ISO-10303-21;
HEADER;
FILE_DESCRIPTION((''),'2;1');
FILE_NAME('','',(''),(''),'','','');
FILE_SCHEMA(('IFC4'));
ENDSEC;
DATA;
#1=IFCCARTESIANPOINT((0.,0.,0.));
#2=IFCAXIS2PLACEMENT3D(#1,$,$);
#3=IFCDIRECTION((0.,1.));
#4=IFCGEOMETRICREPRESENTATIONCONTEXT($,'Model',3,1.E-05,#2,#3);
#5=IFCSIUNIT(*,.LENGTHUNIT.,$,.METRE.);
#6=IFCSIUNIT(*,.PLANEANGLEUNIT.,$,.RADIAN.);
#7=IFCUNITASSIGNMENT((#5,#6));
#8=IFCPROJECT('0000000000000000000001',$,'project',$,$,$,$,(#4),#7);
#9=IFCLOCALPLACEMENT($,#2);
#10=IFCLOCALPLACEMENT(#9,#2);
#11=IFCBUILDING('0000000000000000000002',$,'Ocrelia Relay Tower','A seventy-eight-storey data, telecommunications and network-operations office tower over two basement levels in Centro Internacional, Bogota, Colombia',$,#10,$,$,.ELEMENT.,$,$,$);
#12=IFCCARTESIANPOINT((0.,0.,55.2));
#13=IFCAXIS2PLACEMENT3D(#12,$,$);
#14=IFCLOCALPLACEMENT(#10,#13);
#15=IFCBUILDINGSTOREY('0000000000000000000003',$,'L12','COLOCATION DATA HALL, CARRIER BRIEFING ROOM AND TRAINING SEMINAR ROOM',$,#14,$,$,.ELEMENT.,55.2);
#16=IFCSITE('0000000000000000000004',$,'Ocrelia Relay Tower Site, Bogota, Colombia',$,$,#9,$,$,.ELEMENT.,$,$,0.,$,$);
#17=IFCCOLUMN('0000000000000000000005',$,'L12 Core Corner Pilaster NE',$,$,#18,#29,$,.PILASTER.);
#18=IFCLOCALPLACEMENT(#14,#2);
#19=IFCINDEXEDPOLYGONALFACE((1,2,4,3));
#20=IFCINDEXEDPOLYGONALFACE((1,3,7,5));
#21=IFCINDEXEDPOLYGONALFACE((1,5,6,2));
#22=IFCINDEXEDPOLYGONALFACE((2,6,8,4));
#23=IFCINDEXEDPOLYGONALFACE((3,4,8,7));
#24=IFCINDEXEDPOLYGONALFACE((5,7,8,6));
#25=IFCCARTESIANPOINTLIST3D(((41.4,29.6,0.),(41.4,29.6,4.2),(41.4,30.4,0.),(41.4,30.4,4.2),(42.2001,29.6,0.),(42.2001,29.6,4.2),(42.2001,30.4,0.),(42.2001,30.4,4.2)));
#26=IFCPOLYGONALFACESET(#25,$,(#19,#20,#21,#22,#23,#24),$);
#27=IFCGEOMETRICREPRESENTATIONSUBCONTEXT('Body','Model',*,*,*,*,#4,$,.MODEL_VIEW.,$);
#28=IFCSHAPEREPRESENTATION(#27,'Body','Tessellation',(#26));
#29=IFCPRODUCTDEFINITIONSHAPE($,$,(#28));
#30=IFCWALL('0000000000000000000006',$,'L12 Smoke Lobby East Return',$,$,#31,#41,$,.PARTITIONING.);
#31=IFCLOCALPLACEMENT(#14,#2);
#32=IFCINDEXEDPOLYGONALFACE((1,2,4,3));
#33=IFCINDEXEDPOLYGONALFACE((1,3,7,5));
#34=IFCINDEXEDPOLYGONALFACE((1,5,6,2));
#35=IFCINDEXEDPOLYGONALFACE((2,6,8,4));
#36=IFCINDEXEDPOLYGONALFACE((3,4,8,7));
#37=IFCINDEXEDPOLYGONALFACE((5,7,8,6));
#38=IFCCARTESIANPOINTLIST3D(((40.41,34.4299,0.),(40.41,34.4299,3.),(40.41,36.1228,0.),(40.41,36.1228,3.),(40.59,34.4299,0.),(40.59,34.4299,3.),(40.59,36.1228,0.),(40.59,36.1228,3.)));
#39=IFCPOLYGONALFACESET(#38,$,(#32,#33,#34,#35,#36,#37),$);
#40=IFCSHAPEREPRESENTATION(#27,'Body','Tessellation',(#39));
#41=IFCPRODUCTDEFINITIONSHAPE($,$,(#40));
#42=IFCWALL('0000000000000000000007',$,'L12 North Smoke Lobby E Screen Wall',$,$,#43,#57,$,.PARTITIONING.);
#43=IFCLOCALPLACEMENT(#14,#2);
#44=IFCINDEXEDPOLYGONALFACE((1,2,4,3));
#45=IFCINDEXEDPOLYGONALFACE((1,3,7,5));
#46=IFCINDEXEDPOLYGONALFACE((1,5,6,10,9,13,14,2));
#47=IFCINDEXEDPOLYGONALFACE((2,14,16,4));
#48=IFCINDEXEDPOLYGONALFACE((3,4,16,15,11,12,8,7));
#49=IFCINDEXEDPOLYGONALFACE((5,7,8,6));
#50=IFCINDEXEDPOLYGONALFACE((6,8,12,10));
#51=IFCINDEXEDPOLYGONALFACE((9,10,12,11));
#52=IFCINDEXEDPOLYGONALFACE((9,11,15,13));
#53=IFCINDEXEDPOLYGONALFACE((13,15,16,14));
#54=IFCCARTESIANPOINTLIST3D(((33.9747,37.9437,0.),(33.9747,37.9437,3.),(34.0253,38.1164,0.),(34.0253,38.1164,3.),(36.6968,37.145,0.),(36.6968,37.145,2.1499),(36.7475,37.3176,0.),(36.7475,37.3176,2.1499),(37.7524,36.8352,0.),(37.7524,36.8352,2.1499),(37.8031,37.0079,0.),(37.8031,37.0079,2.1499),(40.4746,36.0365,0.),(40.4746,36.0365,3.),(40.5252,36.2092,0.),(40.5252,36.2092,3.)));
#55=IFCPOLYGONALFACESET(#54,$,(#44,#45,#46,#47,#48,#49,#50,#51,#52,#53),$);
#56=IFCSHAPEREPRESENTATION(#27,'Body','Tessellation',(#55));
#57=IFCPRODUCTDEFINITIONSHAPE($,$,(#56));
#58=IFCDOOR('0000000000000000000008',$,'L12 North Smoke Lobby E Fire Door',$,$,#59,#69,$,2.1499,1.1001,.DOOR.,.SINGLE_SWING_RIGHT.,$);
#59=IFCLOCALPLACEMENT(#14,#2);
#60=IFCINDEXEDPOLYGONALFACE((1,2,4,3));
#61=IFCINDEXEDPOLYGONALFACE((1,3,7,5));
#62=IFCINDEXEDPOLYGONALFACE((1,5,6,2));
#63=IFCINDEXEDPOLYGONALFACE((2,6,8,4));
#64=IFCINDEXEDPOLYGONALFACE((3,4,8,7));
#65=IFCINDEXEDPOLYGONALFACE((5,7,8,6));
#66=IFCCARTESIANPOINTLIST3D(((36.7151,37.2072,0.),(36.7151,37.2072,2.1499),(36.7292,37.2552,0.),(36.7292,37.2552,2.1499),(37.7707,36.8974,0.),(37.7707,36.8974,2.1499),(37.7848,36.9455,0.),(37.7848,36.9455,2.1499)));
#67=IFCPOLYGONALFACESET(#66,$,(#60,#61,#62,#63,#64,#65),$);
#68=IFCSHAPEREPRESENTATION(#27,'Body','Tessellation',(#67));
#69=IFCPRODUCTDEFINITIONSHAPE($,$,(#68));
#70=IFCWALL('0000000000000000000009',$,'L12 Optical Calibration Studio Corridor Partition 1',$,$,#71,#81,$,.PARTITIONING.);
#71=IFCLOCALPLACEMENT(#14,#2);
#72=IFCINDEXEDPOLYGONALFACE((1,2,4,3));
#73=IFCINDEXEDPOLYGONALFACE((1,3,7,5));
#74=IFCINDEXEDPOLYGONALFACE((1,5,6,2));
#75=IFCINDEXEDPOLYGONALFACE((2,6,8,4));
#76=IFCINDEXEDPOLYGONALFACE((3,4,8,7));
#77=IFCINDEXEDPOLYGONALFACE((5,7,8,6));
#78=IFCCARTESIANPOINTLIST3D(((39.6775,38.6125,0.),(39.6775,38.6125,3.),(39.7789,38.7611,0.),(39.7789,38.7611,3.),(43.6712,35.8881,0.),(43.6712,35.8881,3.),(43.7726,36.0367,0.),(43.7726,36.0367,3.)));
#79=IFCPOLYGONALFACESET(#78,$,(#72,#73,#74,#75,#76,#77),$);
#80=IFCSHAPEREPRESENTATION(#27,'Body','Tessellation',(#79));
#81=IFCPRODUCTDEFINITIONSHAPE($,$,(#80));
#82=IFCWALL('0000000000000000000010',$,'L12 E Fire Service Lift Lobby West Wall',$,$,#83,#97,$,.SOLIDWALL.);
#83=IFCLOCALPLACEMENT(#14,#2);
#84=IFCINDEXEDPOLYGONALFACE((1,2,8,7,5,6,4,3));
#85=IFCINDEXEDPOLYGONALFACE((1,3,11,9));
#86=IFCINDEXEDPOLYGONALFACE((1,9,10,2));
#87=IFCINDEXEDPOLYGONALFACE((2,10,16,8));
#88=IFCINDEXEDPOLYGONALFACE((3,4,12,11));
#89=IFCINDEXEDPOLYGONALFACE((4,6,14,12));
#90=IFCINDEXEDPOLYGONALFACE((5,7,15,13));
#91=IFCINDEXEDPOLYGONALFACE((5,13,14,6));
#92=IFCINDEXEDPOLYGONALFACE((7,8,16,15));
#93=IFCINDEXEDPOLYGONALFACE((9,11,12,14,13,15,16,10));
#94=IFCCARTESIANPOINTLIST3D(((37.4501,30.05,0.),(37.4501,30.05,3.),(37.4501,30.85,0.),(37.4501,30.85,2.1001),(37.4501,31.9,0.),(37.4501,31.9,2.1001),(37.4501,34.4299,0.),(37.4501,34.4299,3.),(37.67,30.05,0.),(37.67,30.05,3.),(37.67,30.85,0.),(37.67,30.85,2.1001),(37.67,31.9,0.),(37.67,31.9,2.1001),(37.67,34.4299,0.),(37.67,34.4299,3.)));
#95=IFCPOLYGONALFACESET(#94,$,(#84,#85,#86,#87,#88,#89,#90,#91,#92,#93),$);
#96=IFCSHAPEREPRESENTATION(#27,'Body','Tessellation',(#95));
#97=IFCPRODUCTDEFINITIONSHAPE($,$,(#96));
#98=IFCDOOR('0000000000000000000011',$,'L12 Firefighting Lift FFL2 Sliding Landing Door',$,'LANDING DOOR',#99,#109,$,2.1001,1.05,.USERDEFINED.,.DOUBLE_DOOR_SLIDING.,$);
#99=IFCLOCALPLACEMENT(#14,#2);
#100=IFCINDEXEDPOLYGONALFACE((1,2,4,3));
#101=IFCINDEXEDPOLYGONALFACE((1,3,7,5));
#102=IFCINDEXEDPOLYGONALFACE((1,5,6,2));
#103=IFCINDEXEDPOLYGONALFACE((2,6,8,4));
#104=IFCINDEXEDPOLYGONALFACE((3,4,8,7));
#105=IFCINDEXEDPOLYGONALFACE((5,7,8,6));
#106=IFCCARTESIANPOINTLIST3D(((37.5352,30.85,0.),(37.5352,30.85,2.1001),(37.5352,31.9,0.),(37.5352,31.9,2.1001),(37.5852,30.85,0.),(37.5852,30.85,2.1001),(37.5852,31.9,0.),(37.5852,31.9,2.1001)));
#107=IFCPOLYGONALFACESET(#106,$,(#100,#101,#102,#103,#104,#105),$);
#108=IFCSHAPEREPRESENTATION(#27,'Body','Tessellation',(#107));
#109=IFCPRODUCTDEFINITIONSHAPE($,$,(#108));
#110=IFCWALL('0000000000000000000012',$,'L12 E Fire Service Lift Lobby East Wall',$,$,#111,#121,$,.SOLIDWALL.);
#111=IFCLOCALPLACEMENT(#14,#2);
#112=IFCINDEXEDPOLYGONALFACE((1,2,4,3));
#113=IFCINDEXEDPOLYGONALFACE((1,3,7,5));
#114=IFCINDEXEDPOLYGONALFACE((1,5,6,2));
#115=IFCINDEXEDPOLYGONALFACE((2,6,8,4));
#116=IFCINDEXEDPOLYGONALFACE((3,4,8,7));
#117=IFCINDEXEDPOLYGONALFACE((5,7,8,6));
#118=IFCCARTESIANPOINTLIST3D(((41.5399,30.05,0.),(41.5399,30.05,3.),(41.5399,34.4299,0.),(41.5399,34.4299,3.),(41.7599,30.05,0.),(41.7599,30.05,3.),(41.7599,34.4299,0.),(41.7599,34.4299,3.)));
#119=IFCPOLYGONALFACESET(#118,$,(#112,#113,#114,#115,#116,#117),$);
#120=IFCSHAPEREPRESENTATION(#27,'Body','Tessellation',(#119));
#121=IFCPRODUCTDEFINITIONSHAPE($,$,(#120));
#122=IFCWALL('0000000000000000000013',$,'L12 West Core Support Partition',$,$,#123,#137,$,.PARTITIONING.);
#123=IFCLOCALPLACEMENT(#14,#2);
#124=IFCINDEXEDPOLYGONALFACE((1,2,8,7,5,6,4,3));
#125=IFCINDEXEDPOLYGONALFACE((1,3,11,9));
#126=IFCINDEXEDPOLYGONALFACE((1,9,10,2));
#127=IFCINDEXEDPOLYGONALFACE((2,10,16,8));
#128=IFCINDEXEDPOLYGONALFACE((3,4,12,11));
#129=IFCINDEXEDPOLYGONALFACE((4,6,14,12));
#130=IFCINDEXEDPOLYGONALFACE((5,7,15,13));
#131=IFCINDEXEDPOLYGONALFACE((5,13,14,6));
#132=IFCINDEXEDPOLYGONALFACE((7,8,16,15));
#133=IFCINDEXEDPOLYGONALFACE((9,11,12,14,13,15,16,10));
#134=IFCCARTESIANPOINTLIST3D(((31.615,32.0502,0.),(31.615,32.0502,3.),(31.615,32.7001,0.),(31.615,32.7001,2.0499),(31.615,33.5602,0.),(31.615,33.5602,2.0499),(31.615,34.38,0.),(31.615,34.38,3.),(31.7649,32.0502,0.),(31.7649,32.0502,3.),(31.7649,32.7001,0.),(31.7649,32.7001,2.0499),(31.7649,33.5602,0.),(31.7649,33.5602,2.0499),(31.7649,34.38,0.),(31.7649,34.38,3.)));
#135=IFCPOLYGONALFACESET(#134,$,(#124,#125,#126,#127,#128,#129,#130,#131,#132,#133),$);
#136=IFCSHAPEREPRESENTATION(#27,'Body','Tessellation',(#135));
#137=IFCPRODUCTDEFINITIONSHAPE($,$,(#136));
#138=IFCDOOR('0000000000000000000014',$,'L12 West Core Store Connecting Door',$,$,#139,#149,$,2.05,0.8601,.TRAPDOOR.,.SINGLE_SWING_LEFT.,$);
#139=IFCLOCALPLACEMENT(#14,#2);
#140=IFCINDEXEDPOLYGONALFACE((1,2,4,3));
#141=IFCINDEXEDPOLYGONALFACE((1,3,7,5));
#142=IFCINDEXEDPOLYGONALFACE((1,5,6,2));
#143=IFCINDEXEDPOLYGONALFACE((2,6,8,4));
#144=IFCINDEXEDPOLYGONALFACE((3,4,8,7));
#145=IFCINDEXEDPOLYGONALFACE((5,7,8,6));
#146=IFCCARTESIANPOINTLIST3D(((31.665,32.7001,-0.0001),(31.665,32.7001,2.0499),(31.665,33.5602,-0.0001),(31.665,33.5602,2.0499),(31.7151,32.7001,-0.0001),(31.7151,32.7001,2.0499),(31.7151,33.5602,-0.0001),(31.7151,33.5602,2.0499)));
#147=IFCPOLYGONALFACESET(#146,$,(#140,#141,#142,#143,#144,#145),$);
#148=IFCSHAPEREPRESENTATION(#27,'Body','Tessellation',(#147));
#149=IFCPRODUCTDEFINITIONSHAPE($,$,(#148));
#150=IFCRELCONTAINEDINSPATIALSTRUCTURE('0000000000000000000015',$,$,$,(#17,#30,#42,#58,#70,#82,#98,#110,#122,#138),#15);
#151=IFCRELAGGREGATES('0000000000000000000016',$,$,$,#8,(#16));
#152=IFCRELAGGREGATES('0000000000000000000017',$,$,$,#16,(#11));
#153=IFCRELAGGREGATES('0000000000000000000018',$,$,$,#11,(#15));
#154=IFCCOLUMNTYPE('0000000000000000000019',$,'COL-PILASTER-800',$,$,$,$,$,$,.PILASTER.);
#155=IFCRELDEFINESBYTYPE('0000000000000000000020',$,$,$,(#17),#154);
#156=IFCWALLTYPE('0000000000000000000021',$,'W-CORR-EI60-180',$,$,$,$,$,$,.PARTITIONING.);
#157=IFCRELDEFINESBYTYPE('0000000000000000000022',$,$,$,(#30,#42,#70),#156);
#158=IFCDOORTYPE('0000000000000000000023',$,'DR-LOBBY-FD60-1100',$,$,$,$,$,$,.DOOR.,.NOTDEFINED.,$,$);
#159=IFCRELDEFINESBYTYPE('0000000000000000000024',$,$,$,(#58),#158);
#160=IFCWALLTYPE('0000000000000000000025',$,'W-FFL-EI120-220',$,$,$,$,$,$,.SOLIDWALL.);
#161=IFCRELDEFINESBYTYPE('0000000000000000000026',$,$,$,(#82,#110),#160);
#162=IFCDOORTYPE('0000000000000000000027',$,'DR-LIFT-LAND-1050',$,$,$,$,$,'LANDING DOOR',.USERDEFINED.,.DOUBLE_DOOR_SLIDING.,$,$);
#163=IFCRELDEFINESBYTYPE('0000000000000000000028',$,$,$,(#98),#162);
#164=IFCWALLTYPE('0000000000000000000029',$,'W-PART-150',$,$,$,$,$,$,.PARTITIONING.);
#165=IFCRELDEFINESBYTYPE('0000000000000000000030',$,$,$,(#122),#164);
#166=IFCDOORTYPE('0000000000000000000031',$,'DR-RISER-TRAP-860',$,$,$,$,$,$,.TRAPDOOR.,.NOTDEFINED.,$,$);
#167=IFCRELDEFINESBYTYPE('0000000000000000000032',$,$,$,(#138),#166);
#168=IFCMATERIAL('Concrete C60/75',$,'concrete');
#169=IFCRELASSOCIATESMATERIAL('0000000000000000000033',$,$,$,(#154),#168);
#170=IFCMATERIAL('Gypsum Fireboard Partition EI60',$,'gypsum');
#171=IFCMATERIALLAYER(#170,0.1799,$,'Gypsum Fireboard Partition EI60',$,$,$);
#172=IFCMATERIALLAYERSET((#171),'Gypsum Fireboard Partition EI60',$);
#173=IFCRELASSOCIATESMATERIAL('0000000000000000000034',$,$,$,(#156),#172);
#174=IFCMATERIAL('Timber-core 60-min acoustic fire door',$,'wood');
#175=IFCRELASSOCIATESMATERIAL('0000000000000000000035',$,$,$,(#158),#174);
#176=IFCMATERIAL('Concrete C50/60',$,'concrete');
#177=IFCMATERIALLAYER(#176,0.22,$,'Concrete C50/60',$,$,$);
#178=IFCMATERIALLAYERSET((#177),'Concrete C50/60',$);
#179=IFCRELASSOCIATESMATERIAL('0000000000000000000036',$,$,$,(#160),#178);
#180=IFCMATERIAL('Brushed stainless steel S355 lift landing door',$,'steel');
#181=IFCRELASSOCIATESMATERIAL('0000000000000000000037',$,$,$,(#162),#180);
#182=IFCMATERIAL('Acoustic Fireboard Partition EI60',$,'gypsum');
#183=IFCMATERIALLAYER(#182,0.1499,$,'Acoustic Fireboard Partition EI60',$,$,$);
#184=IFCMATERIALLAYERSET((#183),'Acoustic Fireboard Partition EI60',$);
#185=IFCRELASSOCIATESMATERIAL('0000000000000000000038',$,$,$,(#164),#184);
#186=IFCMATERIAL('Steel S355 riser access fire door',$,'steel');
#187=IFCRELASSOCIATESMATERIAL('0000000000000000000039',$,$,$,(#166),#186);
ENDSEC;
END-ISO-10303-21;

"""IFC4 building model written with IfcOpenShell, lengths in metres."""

from ifc_helpers import new_model, si_unit, direction, frame, frame_2d, origin, origin_2d, place, context, subcontext, project, spatial, rectangle, extrude, material, layer, layer_set, material_profile, profile_set, type_object, element, fill, save


model = new_model("IFC4")

# Units and contexts
model_context = context("Model", 3, precision=1e-05, world=origin(), true_north=direction((0.0, 1.0)))
body_context = subcontext(model_context, "Body", "Model", "MODEL_VIEW")
ifc_project = project(units=[si_unit("LENGTHUNIT", "METRE"), si_unit("PLANEANGLEUNIT", "RADIAN")], contexts=[model_context])

# Site, building, storey
site_placement = place(None, origin())
site = spatial("IfcSite", under=ifc_project, at=site_placement, Name="Ocrelia Relay Tower Site, Bogota, Colombia", CompositionType="ELEMENT", RefElevation=0.0)
building_placement = place(site_placement, origin())
building = spatial("IfcBuilding", under=site, at=building_placement, Name="Ocrelia Relay Tower", Description="A seventy-eight-storey data, telecommunications and network-operations office tower over two basement levels in Centro Internacional, Bogota, Colombia", CompositionType="ELEMENT")
storey_placement = place(building_placement, frame((0.0, 0.0, 55.2)))
storey = spatial("IfcBuildingStorey", under=building, at=storey_placement, Name="L12", Description="COLOCATION DATA HALL, CARRIER BRIEFING ROOM AND TRAINING SEMINAR ROOM", CompositionType="ELEMENT", Elevation=55.2)

# Column
ifc_material_1 = material(Name="Concrete C60/75", Category="concrete")
ifc_material_profile = material_profile(ifc_material_1, rectangle(XDim=0.8, YDim=0.8, at=origin_2d()), Name="RC-COL-800x800")
ifc_profile_set = profile_set([ifc_material_profile], Name="Concrete C60/75")
column_type = type_object("IfcColumnType", Name="COL-PILASTER-800", PredefinedType="PILASTER", material=ifc_profile_set)
column_placement = place(storey_placement, frame((41.8, 30.0, 0.0), z_axis=(0.0, 0.0, 1.0), x_axis=(1.0, 0.0, 0.0)))
element("IfcColumn", 1, at=column_placement, inside=storey, type_object=column_type, Name="L12 Core Corner Pilaster NE", PredefinedType="PILASTER", context=body_context, shape_type="SweptSolid", body=[
    extrude(rectangle(XDim=0.8, YDim=0.8, at=origin_2d()), origin(), (0.0, 0.0, 1.0), 4.2),
])

# Wall
ifc_material_2 = material(Name="Gypsum Fireboard Partition EI60", Category="gypsum")
ifc_layer_1 = layer(ifc_material_2, 0.1799, Name="Gypsum Fireboard Partition EI60")
ifc_layer_set_1 = layer_set([ifc_layer_1], Name="Gypsum Fireboard Partition EI60")
wall_type_1 = type_object("IfcWallType", Name="W-CORR-EI60-180", PredefinedType="PARTITIONING", material=ifc_layer_set_1)
wall_1_placement = place(storey_placement, frame((40.5, 36.1228, 0.0), z_axis=(0.0, 0.0, 1.0), x_axis=(0.0, -1.0, 0.0)))
element("IfcWall", 2, at=wall_1_placement, inside=storey, type_object=wall_type_1, Name="L12 Smoke Lobby East Return", PredefinedType="PARTITIONING", context=body_context, shape_type="SweptSolid", body=[
    extrude(rectangle(XDim=1.6929, YDim=0.1799, at=frame_2d((0.8464, 0.0))), origin(), (0.0, 0.0, 1.0), 3.0),
])

# Wall, opening, door
wall_2_placement = place(storey_placement, frame((34.0, 38.03, 0.0), z_axis=(0.0, 0.0, 1.0), x_axis=(0.959547, -0.28155, 0.0)))
wall_2 = element("IfcWall", 3, at=wall_2_placement, inside=storey, type_object=wall_type_1, Name="L12 North Smoke Lobby E Screen Wall", PredefinedType="PARTITIONING", context=body_context, shape_type="SweptSolid", body=[
    extrude(rectangle(XDim=6.7739, YDim=0.1799, at=frame_2d((3.387, 0.0))), origin(), (0.0, 0.0, 1.0), 3.0),
])
opening_1_placement = place(wall_2_placement, frame((2.8369, 0.0, 0.0)))
opening_1 = element("IfcOpeningElement", 4, at=opening_1_placement, cuts=wall_2, PredefinedType="OPENING", context=body_context, shape_type="SweptSolid", body=[
    extrude(rectangle(XDim=1.1001, YDim=2.1499, at=frame_2d((0.55, 1.075))), frame((0.0, 0.1001, 0.0), z_axis=(0.0, -1.0, 0.0), x_axis=(1.0, 0.0, 0.0)), (0.0, 0.0, 1.0), 0.2),
])
ifc_material_3 = material(Name="Timber-core 60-min acoustic fire door", Category="wood")
door_type_1 = type_object("IfcDoorType", Name="DR-LOBBY-FD60-1100", OperationType="NOTDEFINED", PredefinedType="DOOR", material=ifc_material_3)
door_1_placement = place(opening_1_placement, origin())
door_1 = element("IfcDoor", 5, at=door_1_placement, inside=storey, type_object=door_type_1, Name="L12 North Smoke Lobby E Fire Door", OperationType="SINGLE_SWING_RIGHT", OverallHeight=2.1499, OverallWidth=1.1001, PredefinedType="DOOR", context=body_context, shape_type="SweptSolid", body=[
    extrude(rectangle(XDim=1.1001, YDim=2.1499, at=frame_2d((0.55, 1.075))), frame((0.0, 0.0249, 0.0), z_axis=(0.0, -1.0, 0.0), x_axis=(1.0, 0.0, 0.0)), (0.0, 0.0, 1.0), 0.05),
])
fill(opening_1, door_1)

# Wall
wall_3_placement = place(storey_placement, frame((43.7219, 35.9624, 0.0), z_axis=(0.0, 0.0, 1.0), x_axis=(-0.826091, 0.563537, 0.0)))
element("IfcWall", 6, at=wall_3_placement, inside=storey, type_object=wall_type_1, Name="L12 Optical Calibration Studio Corridor Partition 1", PredefinedType="PARTITIONING", context=body_context, shape_type="SweptSolid", body=[
    extrude(rectangle(XDim=4.8345, YDim=0.1799, at=frame_2d((2.4172, 0.0))), origin(), (0.0, 0.0, 1.0), 3.0),
])

# Wall, opening, door
ifc_material_4 = material(Name="Concrete C50/60", Category="concrete")
ifc_layer_2 = layer(ifc_material_4, 0.22, Name="Concrete C50/60")
ifc_layer_set_2 = layer_set([ifc_layer_2], Name="Concrete C50/60")
wall_type_2 = type_object("IfcWallType", Name="W-FFL-EI120-220", PredefinedType="SOLIDWALL", material=ifc_layer_set_2)
wall_4_placement = place(storey_placement, frame((37.5601, 30.05, 0.0), z_axis=(0.0, 0.0, 1.0), x_axis=(0.0, 1.0, 0.0)))
wall_4 = element("IfcWall", 7, at=wall_4_placement, inside=storey, type_object=wall_type_2, Name="L12 E Fire Service Lift Lobby West Wall", PredefinedType="SOLIDWALL", context=body_context, shape_type="SweptSolid", body=[
    extrude(rectangle(XDim=4.3799, YDim=0.22, at=frame_2d((2.1899, 0.0))), origin(), (0.0, 0.0, 1.0), 3.0),
])
opening_2_placement = place(wall_4_placement, frame((0.8, 0.0, 0.0)))
opening_2 = element("IfcOpeningElement", 8, at=opening_2_placement, cuts=wall_4, PredefinedType="OPENING", context=body_context, shape_type="SweptSolid", body=[
    extrude(rectangle(XDim=1.05, YDim=2.1001, at=frame_2d((0.5249, 1.05))), frame((0.0, 0.1201, 0.0), z_axis=(0.0, -1.0, 0.0), x_axis=(1.0, 0.0, 0.0)), (0.0, 0.0, 1.0), 0.24),
])
ifc_material_5 = material(Name="Brushed stainless steel S355 lift landing door", Category="steel")
door_type_2 = type_object("IfcDoorType", Name="DR-LIFT-LAND-1050", ElementType="LANDING DOOR", OperationType="DOUBLE_DOOR_SLIDING", PredefinedType="USERDEFINED", material=ifc_material_5)
door_2_placement = place(opening_2_placement, origin())
door_2 = element("IfcDoor", 9, at=door_2_placement, inside=storey, type_object=door_type_2, Name="L12 Firefighting Lift FFL2 Sliding Landing Door", ObjectType="LANDING DOOR", OperationType="DOUBLE_DOOR_SLIDING", OverallHeight=2.1001, OverallWidth=1.05, PredefinedType="USERDEFINED", context=body_context, shape_type="SweptSolid", body=[
    extrude(rectangle(XDim=1.05, YDim=2.1001, at=frame_2d((0.5249, 1.05))), frame((0.0, 0.0249, 0.0), z_axis=(0.0, -1.0, 0.0), x_axis=(1.0, 0.0, 0.0)), (0.0, 0.0, 1.0), 0.05),
])
fill(opening_2, door_2)

# Wall
wall_5_placement = place(storey_placement, frame((41.6499, 30.05, 0.0), z_axis=(0.0, 0.0, 1.0), x_axis=(0.0, 1.0, 0.0)))
element("IfcWall", 10, at=wall_5_placement, inside=storey, type_object=wall_type_2, Name="L12 E Fire Service Lift Lobby East Wall", PredefinedType="SOLIDWALL", context=body_context, shape_type="SweptSolid", body=[
    extrude(rectangle(XDim=4.3799, YDim=0.22, at=frame_2d((2.1899, 0.0))), origin(), (0.0, 0.0, 1.0), 3.0),
])

# Wall, opening, door
ifc_material_6 = material(Name="Acoustic Fireboard Partition EI60", Category="gypsum")
ifc_layer_3 = layer(ifc_material_6, 0.1499, Name="Acoustic Fireboard Partition EI60")
ifc_layer_set_3 = layer_set([ifc_layer_3], Name="Acoustic Fireboard Partition EI60")
wall_type_3 = type_object("IfcWallType", Name="W-PART-150", PredefinedType="PARTITIONING", material=ifc_layer_set_3)
wall_6_placement = place(storey_placement, frame((31.6899, 32.05, 0.0), z_axis=(0.0, 0.0, 1.0), x_axis=(0.0, 1.0, 0.0)))
wall_6 = element("IfcWall", 11, at=wall_6_placement, inside=storey, type_object=wall_type_3, Name="L12 West Core Support Partition", PredefinedType="PARTITIONING", context=body_context, shape_type="SweptSolid", body=[
    extrude(rectangle(XDim=2.3298, YDim=0.1499, at=frame_2d((1.165, 0.0))), origin(), (0.0, 0.0, 1.0), 3.0),
])
opening_3_placement = place(wall_6_placement, frame((0.6499, 0.0, 0.0)))
opening_3 = element("IfcOpeningElement", 12, at=opening_3_placement, cuts=wall_6, PredefinedType="OPENING", context=body_context, shape_type="SweptSolid", body=[
    extrude(rectangle(XDim=0.8601, YDim=2.05, at=frame_2d((0.4302, 1.0249))), frame((0.0, 0.085, 0.0), z_axis=(0.0, -1.0, 0.0), x_axis=(1.0, 0.0, 0.0)), (0.0, 0.0, 1.0), 0.1699),
])
ifc_material_7 = material(Name="Steel S355 riser access fire door", Category="steel")
door_type_3 = type_object("IfcDoorType", Name="DR-RISER-TRAP-860", OperationType="NOTDEFINED", PredefinedType="TRAPDOOR", material=ifc_material_7)
door_3_placement = place(opening_3_placement, origin())
door_3 = element("IfcDoor", 13, at=door_3_placement, inside=storey, type_object=door_type_3, Name="L12 West Core Store Connecting Door", OperationType="SINGLE_SWING_LEFT", OverallHeight=2.05, OverallWidth=0.8601, PredefinedType="TRAPDOOR", context=body_context, shape_type="SweptSolid", body=[
    extrude(rectangle(XDim=0.8601, YDim=2.05, at=frame_2d((0.4302, 1.0249))), frame((0.0, 0.0249, 0.0), z_axis=(0.0, -1.0, 0.0), x_axis=(1.0, 0.0, 0.0)), (0.0, 0.0, 1.0), 0.05),
])
fill(opening_3, door_3)

save(model, "model.ifc")
